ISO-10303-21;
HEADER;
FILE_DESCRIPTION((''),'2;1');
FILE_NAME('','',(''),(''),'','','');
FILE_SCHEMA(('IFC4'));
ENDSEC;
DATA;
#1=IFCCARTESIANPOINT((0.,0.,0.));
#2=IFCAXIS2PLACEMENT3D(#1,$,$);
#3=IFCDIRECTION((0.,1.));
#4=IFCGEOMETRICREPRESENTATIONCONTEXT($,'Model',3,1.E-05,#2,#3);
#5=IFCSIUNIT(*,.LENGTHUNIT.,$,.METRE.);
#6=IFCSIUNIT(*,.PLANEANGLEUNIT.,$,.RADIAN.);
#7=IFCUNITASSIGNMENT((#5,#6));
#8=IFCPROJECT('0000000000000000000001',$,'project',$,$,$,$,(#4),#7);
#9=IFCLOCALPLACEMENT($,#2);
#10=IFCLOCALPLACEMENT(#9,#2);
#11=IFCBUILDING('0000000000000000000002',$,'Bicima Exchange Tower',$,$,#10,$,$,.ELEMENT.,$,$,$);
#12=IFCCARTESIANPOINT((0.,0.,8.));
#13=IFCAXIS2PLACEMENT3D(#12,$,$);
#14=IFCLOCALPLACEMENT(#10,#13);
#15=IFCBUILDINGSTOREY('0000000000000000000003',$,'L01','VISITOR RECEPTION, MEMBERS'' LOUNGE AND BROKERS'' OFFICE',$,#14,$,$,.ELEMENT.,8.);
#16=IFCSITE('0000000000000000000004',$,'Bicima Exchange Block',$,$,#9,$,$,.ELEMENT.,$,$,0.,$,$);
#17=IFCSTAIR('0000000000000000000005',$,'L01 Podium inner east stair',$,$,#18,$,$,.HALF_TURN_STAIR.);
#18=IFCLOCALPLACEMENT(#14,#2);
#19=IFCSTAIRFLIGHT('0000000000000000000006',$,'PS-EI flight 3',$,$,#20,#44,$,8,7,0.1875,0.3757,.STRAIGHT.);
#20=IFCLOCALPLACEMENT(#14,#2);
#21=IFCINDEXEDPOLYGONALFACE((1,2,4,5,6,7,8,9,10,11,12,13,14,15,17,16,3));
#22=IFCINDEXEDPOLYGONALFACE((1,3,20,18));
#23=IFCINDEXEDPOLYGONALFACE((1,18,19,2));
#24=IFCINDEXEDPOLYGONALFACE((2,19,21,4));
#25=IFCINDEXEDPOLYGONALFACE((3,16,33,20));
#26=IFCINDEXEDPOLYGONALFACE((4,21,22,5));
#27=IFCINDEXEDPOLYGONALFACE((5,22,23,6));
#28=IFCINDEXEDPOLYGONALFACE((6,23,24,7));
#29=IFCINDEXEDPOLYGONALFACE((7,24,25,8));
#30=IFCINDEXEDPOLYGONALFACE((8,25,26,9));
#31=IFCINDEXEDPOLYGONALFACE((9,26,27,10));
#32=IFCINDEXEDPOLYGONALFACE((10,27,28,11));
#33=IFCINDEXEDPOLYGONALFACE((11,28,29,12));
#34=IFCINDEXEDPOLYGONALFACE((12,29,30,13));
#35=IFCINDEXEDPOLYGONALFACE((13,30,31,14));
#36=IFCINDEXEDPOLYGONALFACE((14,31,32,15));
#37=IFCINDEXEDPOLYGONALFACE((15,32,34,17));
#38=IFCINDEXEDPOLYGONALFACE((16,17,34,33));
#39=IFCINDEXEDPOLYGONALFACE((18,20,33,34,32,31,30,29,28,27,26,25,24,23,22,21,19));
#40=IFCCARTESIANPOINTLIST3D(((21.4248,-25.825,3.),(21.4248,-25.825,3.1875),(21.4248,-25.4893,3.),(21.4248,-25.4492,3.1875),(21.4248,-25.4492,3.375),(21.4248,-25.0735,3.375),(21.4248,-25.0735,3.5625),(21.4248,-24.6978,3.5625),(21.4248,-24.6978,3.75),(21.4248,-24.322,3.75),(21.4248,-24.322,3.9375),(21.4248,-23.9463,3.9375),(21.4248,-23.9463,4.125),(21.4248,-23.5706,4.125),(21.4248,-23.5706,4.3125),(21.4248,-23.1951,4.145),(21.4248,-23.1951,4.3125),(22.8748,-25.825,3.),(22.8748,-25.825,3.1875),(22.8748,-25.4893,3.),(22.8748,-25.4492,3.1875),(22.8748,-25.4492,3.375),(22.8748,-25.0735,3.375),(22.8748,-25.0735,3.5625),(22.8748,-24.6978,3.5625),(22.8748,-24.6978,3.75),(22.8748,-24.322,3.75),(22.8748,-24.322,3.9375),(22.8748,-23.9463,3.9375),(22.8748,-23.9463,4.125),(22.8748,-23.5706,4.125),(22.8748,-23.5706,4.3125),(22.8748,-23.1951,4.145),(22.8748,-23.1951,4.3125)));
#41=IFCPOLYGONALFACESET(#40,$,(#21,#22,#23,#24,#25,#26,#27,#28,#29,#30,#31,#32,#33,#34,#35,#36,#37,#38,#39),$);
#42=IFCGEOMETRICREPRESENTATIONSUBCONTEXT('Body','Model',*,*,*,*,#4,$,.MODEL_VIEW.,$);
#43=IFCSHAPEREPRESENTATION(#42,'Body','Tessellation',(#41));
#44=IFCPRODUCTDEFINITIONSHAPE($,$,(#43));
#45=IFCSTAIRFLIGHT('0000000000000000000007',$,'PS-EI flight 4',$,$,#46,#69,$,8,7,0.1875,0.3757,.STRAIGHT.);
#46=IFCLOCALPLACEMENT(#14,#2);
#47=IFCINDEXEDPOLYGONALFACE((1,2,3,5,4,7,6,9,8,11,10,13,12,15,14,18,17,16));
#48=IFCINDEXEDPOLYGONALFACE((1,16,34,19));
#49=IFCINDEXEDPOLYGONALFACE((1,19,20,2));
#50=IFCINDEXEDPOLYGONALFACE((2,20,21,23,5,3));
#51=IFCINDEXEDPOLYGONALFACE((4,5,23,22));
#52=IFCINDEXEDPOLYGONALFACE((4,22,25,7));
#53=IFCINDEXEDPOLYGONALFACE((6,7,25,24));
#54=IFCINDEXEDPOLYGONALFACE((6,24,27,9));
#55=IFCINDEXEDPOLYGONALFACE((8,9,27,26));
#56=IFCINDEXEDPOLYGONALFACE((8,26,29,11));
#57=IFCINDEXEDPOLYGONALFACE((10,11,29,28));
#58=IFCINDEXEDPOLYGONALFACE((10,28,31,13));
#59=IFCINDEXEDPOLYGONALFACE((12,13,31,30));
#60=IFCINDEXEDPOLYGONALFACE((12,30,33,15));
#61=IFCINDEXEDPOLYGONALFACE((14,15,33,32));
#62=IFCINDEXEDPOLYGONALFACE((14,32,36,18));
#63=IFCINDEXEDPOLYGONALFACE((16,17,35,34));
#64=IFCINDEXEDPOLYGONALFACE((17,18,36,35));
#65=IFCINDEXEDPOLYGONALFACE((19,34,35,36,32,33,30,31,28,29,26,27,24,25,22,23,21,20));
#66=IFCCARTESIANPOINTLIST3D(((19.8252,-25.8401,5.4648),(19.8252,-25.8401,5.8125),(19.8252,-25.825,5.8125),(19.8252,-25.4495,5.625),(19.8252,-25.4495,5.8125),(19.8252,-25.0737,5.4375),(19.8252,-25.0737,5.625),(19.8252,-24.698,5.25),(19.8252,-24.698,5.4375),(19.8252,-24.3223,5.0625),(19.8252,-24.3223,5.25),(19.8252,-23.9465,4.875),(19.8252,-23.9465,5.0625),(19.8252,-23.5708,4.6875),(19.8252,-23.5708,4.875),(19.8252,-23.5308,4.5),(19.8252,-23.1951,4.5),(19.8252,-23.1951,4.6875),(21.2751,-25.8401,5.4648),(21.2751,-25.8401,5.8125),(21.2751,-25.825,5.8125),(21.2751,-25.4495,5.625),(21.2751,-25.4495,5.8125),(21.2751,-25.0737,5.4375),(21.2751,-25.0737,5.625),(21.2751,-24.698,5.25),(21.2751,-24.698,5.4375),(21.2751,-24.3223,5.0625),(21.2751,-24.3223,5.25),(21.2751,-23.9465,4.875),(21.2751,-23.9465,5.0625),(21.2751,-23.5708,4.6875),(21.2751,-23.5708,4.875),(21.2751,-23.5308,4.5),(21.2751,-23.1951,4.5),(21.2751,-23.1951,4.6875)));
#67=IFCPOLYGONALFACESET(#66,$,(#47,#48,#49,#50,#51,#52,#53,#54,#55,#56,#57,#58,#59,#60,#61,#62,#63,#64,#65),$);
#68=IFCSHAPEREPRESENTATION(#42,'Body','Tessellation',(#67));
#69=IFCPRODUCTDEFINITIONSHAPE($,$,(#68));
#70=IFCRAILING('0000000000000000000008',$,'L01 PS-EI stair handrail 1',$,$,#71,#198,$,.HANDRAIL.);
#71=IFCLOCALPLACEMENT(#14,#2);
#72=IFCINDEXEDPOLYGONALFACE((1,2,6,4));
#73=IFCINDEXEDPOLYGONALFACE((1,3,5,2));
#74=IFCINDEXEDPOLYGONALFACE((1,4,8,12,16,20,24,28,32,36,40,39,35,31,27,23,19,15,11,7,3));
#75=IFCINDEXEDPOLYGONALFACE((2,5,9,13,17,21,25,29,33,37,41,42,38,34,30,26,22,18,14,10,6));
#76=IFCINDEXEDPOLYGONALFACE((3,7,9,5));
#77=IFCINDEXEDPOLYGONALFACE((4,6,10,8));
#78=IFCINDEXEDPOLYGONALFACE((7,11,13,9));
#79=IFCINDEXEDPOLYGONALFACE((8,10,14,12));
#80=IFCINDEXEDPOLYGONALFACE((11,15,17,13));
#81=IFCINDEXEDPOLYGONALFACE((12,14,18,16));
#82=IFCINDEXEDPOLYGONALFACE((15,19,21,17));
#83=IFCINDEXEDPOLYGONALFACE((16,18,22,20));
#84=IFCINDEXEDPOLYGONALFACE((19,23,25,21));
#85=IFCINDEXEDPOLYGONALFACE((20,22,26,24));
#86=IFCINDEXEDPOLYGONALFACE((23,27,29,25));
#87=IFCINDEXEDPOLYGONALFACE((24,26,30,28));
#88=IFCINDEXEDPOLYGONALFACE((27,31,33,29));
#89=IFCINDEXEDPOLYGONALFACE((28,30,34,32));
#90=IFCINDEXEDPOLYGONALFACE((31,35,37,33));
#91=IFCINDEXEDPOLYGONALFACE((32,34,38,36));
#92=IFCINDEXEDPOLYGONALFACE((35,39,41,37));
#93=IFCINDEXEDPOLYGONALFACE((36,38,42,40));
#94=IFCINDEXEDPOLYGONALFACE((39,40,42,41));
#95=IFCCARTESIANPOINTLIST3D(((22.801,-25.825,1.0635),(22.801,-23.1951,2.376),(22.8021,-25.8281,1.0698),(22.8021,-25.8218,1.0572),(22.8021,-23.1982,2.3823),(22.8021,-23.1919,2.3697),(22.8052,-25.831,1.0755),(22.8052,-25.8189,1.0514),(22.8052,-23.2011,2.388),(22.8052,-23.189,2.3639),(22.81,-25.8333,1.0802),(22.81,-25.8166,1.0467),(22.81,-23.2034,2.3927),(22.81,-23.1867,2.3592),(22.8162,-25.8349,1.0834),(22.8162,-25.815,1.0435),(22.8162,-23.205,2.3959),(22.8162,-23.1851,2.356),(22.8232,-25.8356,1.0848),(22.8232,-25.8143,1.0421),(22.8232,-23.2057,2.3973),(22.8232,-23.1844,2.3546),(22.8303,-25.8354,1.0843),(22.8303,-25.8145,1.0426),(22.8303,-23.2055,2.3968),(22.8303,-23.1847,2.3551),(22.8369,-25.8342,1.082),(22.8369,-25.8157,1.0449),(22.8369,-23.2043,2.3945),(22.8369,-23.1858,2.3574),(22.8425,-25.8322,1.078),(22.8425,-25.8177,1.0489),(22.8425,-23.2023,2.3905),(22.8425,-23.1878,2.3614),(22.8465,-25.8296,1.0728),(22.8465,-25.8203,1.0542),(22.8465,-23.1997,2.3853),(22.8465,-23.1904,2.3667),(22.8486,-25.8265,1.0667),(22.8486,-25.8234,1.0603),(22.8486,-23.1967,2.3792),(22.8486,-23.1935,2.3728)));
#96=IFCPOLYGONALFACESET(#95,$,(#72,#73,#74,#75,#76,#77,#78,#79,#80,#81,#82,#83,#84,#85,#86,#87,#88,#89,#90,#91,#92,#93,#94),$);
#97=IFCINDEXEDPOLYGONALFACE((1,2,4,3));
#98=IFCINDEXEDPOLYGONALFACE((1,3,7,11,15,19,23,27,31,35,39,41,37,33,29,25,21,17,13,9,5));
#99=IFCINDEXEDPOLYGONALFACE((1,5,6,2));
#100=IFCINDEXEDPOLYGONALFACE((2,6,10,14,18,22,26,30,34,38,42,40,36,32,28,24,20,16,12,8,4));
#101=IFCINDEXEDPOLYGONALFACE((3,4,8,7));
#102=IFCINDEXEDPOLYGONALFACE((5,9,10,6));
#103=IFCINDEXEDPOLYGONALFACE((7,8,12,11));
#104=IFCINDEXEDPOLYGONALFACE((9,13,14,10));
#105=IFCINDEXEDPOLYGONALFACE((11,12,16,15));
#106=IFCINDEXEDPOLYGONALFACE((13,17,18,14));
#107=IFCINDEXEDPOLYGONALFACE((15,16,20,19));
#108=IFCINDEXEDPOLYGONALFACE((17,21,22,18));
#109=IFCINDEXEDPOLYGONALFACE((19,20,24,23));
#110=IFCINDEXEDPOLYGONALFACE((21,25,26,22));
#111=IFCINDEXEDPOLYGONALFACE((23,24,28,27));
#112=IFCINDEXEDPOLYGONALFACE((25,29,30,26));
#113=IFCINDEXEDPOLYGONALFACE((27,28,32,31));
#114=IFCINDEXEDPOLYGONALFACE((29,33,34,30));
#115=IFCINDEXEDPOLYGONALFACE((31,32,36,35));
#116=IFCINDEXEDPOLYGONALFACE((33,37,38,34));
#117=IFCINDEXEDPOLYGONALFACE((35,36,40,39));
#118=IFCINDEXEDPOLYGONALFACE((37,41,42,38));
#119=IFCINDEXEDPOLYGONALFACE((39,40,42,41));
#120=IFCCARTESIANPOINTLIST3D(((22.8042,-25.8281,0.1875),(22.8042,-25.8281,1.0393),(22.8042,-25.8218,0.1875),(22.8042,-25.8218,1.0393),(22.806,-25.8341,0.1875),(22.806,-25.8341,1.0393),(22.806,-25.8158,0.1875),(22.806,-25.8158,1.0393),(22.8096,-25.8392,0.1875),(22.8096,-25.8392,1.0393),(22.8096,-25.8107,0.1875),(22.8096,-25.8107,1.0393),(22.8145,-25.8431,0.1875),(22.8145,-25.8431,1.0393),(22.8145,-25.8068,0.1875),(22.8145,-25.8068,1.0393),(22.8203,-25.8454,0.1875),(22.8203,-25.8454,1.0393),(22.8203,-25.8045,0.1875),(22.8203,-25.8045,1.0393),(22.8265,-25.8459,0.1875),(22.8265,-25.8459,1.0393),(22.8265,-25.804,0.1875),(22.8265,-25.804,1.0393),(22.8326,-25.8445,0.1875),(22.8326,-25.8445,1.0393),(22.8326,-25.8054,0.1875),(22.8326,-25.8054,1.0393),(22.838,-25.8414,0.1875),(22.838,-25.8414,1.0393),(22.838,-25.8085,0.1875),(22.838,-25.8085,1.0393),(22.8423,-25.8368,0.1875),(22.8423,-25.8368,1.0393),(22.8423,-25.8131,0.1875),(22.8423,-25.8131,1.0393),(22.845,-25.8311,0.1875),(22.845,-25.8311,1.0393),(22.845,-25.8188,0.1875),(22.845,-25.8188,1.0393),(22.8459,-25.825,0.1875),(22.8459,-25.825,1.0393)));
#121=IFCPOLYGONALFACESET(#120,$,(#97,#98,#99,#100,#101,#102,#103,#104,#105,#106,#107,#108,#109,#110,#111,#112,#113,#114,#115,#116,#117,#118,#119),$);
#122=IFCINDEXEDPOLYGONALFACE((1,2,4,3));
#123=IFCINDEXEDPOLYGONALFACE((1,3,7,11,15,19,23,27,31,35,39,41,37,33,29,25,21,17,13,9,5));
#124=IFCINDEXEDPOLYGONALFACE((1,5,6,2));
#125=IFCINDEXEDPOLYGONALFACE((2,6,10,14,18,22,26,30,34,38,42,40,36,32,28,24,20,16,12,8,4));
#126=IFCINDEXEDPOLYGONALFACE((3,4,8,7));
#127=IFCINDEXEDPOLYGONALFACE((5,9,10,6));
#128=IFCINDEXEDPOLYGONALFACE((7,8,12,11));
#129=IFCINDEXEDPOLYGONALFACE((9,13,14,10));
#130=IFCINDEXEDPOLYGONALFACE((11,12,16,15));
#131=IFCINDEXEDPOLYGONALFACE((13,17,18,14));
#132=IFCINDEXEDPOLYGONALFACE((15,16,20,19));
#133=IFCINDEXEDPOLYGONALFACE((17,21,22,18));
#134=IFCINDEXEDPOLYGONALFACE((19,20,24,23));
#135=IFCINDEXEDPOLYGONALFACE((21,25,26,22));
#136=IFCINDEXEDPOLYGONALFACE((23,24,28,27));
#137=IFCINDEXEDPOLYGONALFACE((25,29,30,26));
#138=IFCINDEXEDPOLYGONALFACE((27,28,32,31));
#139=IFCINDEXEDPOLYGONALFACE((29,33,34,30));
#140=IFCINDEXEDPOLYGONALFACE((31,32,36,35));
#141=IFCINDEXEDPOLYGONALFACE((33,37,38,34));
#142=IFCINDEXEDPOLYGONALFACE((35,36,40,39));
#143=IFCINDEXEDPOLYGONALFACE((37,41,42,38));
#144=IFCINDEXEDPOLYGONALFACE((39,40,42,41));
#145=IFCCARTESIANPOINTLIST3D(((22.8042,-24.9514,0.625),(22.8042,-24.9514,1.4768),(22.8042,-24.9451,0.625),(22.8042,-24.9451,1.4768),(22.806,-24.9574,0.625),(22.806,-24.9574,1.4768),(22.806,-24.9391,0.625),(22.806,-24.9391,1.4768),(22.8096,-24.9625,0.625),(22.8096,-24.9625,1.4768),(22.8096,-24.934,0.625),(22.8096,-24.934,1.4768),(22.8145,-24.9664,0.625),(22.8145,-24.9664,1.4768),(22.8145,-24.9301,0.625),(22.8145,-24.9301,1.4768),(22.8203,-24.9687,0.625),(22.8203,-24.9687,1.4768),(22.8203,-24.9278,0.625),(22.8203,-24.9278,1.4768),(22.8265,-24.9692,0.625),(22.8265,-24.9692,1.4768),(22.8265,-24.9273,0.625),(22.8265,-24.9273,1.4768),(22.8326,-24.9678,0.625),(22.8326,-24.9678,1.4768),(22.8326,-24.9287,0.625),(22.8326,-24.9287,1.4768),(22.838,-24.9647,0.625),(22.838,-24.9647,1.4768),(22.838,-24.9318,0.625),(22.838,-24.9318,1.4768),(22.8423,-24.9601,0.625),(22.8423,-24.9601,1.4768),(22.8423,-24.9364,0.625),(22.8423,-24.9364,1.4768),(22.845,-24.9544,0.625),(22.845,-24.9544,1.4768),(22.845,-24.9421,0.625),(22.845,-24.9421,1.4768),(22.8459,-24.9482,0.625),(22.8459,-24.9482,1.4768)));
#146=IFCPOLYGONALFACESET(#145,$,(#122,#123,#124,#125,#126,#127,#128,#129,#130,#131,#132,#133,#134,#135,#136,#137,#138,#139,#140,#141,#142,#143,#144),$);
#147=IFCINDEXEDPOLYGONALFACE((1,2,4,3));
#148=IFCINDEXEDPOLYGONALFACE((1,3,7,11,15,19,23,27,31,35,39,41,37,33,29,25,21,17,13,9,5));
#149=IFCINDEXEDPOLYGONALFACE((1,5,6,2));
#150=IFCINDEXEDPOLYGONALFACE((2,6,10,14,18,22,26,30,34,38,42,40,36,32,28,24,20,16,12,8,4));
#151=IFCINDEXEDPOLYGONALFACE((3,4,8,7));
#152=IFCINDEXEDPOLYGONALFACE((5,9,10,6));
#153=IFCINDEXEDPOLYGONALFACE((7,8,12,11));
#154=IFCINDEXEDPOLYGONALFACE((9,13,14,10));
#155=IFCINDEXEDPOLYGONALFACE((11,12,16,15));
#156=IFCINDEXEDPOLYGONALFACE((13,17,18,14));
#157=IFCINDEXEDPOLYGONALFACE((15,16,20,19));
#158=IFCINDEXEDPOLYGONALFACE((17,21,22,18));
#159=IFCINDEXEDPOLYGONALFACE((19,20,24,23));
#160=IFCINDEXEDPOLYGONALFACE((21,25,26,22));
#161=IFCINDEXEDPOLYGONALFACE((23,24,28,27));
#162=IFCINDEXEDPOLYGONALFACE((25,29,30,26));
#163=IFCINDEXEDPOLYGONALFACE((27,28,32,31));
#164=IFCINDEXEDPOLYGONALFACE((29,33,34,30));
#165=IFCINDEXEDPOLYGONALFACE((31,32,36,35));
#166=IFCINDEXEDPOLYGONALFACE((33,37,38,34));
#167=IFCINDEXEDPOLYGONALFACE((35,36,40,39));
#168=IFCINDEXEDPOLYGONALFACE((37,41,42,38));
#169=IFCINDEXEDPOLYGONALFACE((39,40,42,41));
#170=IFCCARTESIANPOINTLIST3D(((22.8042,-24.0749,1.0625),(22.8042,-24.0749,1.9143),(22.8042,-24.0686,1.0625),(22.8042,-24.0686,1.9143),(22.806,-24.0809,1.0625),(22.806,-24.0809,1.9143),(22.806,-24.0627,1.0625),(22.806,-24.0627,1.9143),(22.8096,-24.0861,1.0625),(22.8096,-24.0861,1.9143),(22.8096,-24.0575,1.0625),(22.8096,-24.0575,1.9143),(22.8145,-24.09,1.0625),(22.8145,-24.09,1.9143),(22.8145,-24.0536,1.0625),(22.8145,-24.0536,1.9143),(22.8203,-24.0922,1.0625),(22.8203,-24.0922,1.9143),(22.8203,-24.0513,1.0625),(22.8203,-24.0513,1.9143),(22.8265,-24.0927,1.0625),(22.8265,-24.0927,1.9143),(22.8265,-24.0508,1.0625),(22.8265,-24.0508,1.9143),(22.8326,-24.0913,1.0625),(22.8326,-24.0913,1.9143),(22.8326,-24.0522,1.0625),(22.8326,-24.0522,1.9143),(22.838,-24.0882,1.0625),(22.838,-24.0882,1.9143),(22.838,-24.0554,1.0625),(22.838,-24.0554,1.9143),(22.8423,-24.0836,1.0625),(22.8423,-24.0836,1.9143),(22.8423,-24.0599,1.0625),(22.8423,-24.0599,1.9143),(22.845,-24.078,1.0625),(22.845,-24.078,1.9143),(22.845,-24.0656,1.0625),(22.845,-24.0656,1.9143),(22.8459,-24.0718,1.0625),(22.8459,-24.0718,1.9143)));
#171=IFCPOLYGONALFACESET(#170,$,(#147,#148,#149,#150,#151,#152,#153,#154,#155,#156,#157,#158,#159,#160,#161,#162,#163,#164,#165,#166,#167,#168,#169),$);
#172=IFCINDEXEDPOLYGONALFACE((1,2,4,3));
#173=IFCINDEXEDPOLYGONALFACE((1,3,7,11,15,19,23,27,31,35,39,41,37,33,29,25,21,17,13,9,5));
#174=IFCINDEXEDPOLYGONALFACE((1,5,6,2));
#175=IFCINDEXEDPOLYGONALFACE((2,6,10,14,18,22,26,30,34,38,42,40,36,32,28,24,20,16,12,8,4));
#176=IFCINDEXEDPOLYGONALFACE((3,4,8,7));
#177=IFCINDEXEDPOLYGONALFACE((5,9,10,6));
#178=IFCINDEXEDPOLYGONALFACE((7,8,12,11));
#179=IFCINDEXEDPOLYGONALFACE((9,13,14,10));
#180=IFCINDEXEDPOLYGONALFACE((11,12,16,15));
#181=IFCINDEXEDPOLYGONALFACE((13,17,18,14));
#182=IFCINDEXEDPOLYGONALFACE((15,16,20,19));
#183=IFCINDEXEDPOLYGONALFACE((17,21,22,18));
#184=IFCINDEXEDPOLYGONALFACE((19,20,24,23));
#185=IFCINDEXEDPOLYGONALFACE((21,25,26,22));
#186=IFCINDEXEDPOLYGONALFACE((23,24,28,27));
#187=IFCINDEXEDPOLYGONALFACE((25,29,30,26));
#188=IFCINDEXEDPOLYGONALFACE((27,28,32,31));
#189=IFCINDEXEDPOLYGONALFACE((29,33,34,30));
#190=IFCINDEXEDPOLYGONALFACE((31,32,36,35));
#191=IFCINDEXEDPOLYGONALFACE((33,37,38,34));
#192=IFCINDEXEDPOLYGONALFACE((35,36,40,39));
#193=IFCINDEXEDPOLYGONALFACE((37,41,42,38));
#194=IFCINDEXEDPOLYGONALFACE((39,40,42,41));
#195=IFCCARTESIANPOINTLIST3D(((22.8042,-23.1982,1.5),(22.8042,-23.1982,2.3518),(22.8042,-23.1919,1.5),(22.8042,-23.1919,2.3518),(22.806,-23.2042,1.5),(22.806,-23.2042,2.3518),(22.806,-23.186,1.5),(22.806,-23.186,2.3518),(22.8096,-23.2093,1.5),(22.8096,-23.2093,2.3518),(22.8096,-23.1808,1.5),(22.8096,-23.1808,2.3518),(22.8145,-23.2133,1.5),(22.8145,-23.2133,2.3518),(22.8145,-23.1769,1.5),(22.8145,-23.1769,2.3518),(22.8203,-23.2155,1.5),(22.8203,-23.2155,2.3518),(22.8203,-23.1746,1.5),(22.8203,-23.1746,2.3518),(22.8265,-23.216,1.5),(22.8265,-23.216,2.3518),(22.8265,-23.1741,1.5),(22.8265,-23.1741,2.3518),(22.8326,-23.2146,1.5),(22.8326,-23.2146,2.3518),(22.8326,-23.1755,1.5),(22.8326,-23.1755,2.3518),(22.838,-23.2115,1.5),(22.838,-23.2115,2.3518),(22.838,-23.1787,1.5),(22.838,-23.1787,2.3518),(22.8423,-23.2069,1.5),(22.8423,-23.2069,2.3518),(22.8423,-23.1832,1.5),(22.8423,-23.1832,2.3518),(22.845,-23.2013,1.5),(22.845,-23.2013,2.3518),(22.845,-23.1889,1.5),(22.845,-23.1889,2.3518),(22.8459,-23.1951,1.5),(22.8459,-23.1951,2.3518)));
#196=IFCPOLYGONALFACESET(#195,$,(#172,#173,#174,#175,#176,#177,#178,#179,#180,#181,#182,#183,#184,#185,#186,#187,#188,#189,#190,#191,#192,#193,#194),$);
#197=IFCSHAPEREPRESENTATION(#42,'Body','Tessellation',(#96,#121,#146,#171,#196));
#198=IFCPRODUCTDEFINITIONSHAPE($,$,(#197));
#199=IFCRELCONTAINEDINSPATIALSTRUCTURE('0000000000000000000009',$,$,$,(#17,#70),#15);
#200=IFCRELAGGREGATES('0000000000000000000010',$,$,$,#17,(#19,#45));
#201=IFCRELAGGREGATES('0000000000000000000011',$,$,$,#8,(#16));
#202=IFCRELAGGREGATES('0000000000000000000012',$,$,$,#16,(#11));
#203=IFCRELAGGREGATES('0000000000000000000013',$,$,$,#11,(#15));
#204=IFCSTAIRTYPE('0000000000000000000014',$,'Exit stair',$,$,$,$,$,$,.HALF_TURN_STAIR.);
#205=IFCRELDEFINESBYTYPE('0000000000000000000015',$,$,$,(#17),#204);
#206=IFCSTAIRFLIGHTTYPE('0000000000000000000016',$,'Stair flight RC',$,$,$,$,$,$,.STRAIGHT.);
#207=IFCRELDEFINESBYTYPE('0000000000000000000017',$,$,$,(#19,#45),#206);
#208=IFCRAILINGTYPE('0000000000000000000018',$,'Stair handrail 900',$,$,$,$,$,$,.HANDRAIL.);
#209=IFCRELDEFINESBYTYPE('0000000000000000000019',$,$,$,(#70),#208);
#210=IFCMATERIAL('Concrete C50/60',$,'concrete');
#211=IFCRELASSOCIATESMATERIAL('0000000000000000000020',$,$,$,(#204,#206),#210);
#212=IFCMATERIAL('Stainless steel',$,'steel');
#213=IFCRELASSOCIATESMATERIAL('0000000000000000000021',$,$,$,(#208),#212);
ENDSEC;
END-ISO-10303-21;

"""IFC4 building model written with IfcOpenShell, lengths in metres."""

from ifc_helpers import new_model, si_unit, direction, frame, origin, origin_2d, place, context, subcontext, project, spatial, polyline, circle, outline, extrude, material, type_object, element, aggregate, save


model = new_model("IFC4")

# Units and contexts
model_context = context("Model", 3, precision=1e-05, world=origin(), true_north=direction((0.0, 1.0)))
body_context = subcontext(model_context, "Body", "Model", "MODEL_VIEW")
ifc_project = project(units=[si_unit("LENGTHUNIT", "METRE"), si_unit("PLANEANGLEUNIT", "RADIAN")], contexts=[model_context])

# Site, building, storey
site_placement = place(None, origin())
site = spatial("IfcSite", under=ifc_project, at=site_placement, Name="Bicima Exchange Block", CompositionType="ELEMENT", RefElevation=0.0)
building_placement = place(site_placement, origin())
building = spatial("IfcBuilding", under=site, at=building_placement, Name="Bicima Exchange Tower", CompositionType="ELEMENT")
storey_placement = place(building_placement, frame((0.0, 0.0, 8.0)))
storey = spatial("IfcBuildingStorey", under=building, at=storey_placement, Name="L01", Description="VISITOR RECEPTION, MEMBERS' LOUNGE AND BROKERS' OFFICE", CompositionType="ELEMENT", Elevation=8.0)

# Shared definitions
ifc_material_1 = material(Name="Concrete C50/60", Category="concrete")

# Stair, stair flights
stair_type = type_object("IfcStairType", Name="Exit stair", PredefinedType="HALF_TURN_STAIR", material=ifc_material_1)
stair_placement = place(storey_placement, origin())
stair = element("IfcStair", 1, at=stair_placement, inside=storey, type_object=stair_type, Name="L01 Podium inner east stair", PredefinedType="HALF_TURN_STAIR")
stair_flight_type = type_object("IfcStairFlightType", Name="Stair flight RC", PredefinedType="STRAIGHT", material=ifc_material_1)
stair_flight_1_placement = place(storey_placement, frame((22.1499, -25.825, 3.0), z_axis=(0.0, 0.0, 1.0), x_axis=(0.0, 1.0, 0.0)))
stair_flight_1 = element("IfcStairFlight", 2, at=stair_flight_1_placement, type_object=stair_flight_type, Name="PS-EI flight 3", NumberOfRisers=8, NumberOfTreads=7, PredefinedType="STRAIGHT", RiserHeight=0.1875, TreadLength=0.3757, context=body_context, shape_type="SweptSolid", body=[
    extrude(outline(polyline([(0.0, 0.0), (0.0, 0.1875), (0.3757, 0.1875), (0.3757, 0.375), (0.7515, 0.375), (0.7515, 0.5625), (1.1272, 0.5625), (1.1272, 0.75), (1.5029, 0.75), (1.5029, 0.9375), (1.8787, 0.9375), (1.8787, 1.125), (2.2544, 1.125), (2.2544, 1.3125), (2.6299, 1.3125), (2.6299, 1.5), (2.6299, 1.145), (0.3357, 0.0), (0.0, 0.0)])), frame((0.0, 0.7251, 0.0), z_axis=(0.0, -1.0, 0.0), x_axis=(1.0, 0.0, 0.0)), (0.0, 0.0, 1.0), 1.45),
])
stair_flight_2_placement = place(storey_placement, frame((20.55, -23.1951, 4.5), z_axis=(0.0, 0.0, 1.0), x_axis=(0.0, -1.0, 0.0)))
stair_flight_2 = element("IfcStairFlight", 3, at=stair_flight_2_placement, type_object=stair_flight_type, Name="PS-EI flight 4", NumberOfRisers=8, NumberOfTreads=7, PredefinedType="STRAIGHT", RiserHeight=0.1875, TreadLength=0.3757, context=body_context, shape_type="SweptSolid", body=[
    extrude(outline(polyline([(0.0, 0.0), (0.0, 0.1875), (0.3757, 0.1875), (0.3757, 0.375), (0.7515, 0.375), (0.7515, 0.5625), (1.1272, 0.5625), (1.1272, 0.75), (1.5029, 0.75), (1.5029, 0.9375), (1.8787, 0.9375), (1.8787, 1.125), (2.2544, 1.125), (2.2544, 1.3125), (2.6299, 1.3125), (2.645, 1.3125), (2.645, 0.9648), (0.3357, 0.0), (0.0, 0.0)])), frame((0.0, 0.7251, 0.0), z_axis=(0.0, -1.0, 0.0), x_axis=(1.0, 0.0, 0.0)), (0.0, 0.0, 1.0), 1.45),
])
aggregate(stair, [stair_flight_1, stair_flight_2])

# Railing
ifc_material_2 = material(Name="Stainless steel", Category="steel")
railing_type_1 = type_object("IfcRailingType", Name="Stair handrail 900", PredefinedType="HANDRAIL", material=ifc_material_2)
railing_1_placement = place(storey_placement, frame((22.825, -25.825, 0.1875)))
element("IfcRailing", 4, at=railing_1_placement, inside=storey, type_object=railing_type_1, Name="L01 PS-EI stair handrail 1", PredefinedType="HANDRAIL", context=body_context, shape_type="SweptSolid", body=[
    extrude(circle(Radius=0.0239, at=origin_2d()), frame((0.0, 0.0, 0.876), z_axis=(0.0, 0.894759, 0.446549), x_axis=(-1.0, 0.0, 0.0)), (0.0, 0.0, 1.0), 2.9392),
    extrude(circle(Radius=0.021, at=origin_2d()), origin(), (0.0, 0.0, 1.0), 0.8518),
    extrude(circle(Radius=0.021, at=origin_2d()), frame((0.0, 0.8767, 0.4375)), (0.0, 0.0, 1.0), 0.8518),
    extrude(circle(Radius=0.021, at=origin_2d()), frame((0.0, 1.7532, 0.875)), (0.0, 0.0, 1.0), 0.8518),
    extrude(circle(Radius=0.021, at=origin_2d()), frame((0.0, 2.6299, 1.3125)), (0.0, 0.0, 1.0), 0.8518),
])

save(model, "model.ifc")
